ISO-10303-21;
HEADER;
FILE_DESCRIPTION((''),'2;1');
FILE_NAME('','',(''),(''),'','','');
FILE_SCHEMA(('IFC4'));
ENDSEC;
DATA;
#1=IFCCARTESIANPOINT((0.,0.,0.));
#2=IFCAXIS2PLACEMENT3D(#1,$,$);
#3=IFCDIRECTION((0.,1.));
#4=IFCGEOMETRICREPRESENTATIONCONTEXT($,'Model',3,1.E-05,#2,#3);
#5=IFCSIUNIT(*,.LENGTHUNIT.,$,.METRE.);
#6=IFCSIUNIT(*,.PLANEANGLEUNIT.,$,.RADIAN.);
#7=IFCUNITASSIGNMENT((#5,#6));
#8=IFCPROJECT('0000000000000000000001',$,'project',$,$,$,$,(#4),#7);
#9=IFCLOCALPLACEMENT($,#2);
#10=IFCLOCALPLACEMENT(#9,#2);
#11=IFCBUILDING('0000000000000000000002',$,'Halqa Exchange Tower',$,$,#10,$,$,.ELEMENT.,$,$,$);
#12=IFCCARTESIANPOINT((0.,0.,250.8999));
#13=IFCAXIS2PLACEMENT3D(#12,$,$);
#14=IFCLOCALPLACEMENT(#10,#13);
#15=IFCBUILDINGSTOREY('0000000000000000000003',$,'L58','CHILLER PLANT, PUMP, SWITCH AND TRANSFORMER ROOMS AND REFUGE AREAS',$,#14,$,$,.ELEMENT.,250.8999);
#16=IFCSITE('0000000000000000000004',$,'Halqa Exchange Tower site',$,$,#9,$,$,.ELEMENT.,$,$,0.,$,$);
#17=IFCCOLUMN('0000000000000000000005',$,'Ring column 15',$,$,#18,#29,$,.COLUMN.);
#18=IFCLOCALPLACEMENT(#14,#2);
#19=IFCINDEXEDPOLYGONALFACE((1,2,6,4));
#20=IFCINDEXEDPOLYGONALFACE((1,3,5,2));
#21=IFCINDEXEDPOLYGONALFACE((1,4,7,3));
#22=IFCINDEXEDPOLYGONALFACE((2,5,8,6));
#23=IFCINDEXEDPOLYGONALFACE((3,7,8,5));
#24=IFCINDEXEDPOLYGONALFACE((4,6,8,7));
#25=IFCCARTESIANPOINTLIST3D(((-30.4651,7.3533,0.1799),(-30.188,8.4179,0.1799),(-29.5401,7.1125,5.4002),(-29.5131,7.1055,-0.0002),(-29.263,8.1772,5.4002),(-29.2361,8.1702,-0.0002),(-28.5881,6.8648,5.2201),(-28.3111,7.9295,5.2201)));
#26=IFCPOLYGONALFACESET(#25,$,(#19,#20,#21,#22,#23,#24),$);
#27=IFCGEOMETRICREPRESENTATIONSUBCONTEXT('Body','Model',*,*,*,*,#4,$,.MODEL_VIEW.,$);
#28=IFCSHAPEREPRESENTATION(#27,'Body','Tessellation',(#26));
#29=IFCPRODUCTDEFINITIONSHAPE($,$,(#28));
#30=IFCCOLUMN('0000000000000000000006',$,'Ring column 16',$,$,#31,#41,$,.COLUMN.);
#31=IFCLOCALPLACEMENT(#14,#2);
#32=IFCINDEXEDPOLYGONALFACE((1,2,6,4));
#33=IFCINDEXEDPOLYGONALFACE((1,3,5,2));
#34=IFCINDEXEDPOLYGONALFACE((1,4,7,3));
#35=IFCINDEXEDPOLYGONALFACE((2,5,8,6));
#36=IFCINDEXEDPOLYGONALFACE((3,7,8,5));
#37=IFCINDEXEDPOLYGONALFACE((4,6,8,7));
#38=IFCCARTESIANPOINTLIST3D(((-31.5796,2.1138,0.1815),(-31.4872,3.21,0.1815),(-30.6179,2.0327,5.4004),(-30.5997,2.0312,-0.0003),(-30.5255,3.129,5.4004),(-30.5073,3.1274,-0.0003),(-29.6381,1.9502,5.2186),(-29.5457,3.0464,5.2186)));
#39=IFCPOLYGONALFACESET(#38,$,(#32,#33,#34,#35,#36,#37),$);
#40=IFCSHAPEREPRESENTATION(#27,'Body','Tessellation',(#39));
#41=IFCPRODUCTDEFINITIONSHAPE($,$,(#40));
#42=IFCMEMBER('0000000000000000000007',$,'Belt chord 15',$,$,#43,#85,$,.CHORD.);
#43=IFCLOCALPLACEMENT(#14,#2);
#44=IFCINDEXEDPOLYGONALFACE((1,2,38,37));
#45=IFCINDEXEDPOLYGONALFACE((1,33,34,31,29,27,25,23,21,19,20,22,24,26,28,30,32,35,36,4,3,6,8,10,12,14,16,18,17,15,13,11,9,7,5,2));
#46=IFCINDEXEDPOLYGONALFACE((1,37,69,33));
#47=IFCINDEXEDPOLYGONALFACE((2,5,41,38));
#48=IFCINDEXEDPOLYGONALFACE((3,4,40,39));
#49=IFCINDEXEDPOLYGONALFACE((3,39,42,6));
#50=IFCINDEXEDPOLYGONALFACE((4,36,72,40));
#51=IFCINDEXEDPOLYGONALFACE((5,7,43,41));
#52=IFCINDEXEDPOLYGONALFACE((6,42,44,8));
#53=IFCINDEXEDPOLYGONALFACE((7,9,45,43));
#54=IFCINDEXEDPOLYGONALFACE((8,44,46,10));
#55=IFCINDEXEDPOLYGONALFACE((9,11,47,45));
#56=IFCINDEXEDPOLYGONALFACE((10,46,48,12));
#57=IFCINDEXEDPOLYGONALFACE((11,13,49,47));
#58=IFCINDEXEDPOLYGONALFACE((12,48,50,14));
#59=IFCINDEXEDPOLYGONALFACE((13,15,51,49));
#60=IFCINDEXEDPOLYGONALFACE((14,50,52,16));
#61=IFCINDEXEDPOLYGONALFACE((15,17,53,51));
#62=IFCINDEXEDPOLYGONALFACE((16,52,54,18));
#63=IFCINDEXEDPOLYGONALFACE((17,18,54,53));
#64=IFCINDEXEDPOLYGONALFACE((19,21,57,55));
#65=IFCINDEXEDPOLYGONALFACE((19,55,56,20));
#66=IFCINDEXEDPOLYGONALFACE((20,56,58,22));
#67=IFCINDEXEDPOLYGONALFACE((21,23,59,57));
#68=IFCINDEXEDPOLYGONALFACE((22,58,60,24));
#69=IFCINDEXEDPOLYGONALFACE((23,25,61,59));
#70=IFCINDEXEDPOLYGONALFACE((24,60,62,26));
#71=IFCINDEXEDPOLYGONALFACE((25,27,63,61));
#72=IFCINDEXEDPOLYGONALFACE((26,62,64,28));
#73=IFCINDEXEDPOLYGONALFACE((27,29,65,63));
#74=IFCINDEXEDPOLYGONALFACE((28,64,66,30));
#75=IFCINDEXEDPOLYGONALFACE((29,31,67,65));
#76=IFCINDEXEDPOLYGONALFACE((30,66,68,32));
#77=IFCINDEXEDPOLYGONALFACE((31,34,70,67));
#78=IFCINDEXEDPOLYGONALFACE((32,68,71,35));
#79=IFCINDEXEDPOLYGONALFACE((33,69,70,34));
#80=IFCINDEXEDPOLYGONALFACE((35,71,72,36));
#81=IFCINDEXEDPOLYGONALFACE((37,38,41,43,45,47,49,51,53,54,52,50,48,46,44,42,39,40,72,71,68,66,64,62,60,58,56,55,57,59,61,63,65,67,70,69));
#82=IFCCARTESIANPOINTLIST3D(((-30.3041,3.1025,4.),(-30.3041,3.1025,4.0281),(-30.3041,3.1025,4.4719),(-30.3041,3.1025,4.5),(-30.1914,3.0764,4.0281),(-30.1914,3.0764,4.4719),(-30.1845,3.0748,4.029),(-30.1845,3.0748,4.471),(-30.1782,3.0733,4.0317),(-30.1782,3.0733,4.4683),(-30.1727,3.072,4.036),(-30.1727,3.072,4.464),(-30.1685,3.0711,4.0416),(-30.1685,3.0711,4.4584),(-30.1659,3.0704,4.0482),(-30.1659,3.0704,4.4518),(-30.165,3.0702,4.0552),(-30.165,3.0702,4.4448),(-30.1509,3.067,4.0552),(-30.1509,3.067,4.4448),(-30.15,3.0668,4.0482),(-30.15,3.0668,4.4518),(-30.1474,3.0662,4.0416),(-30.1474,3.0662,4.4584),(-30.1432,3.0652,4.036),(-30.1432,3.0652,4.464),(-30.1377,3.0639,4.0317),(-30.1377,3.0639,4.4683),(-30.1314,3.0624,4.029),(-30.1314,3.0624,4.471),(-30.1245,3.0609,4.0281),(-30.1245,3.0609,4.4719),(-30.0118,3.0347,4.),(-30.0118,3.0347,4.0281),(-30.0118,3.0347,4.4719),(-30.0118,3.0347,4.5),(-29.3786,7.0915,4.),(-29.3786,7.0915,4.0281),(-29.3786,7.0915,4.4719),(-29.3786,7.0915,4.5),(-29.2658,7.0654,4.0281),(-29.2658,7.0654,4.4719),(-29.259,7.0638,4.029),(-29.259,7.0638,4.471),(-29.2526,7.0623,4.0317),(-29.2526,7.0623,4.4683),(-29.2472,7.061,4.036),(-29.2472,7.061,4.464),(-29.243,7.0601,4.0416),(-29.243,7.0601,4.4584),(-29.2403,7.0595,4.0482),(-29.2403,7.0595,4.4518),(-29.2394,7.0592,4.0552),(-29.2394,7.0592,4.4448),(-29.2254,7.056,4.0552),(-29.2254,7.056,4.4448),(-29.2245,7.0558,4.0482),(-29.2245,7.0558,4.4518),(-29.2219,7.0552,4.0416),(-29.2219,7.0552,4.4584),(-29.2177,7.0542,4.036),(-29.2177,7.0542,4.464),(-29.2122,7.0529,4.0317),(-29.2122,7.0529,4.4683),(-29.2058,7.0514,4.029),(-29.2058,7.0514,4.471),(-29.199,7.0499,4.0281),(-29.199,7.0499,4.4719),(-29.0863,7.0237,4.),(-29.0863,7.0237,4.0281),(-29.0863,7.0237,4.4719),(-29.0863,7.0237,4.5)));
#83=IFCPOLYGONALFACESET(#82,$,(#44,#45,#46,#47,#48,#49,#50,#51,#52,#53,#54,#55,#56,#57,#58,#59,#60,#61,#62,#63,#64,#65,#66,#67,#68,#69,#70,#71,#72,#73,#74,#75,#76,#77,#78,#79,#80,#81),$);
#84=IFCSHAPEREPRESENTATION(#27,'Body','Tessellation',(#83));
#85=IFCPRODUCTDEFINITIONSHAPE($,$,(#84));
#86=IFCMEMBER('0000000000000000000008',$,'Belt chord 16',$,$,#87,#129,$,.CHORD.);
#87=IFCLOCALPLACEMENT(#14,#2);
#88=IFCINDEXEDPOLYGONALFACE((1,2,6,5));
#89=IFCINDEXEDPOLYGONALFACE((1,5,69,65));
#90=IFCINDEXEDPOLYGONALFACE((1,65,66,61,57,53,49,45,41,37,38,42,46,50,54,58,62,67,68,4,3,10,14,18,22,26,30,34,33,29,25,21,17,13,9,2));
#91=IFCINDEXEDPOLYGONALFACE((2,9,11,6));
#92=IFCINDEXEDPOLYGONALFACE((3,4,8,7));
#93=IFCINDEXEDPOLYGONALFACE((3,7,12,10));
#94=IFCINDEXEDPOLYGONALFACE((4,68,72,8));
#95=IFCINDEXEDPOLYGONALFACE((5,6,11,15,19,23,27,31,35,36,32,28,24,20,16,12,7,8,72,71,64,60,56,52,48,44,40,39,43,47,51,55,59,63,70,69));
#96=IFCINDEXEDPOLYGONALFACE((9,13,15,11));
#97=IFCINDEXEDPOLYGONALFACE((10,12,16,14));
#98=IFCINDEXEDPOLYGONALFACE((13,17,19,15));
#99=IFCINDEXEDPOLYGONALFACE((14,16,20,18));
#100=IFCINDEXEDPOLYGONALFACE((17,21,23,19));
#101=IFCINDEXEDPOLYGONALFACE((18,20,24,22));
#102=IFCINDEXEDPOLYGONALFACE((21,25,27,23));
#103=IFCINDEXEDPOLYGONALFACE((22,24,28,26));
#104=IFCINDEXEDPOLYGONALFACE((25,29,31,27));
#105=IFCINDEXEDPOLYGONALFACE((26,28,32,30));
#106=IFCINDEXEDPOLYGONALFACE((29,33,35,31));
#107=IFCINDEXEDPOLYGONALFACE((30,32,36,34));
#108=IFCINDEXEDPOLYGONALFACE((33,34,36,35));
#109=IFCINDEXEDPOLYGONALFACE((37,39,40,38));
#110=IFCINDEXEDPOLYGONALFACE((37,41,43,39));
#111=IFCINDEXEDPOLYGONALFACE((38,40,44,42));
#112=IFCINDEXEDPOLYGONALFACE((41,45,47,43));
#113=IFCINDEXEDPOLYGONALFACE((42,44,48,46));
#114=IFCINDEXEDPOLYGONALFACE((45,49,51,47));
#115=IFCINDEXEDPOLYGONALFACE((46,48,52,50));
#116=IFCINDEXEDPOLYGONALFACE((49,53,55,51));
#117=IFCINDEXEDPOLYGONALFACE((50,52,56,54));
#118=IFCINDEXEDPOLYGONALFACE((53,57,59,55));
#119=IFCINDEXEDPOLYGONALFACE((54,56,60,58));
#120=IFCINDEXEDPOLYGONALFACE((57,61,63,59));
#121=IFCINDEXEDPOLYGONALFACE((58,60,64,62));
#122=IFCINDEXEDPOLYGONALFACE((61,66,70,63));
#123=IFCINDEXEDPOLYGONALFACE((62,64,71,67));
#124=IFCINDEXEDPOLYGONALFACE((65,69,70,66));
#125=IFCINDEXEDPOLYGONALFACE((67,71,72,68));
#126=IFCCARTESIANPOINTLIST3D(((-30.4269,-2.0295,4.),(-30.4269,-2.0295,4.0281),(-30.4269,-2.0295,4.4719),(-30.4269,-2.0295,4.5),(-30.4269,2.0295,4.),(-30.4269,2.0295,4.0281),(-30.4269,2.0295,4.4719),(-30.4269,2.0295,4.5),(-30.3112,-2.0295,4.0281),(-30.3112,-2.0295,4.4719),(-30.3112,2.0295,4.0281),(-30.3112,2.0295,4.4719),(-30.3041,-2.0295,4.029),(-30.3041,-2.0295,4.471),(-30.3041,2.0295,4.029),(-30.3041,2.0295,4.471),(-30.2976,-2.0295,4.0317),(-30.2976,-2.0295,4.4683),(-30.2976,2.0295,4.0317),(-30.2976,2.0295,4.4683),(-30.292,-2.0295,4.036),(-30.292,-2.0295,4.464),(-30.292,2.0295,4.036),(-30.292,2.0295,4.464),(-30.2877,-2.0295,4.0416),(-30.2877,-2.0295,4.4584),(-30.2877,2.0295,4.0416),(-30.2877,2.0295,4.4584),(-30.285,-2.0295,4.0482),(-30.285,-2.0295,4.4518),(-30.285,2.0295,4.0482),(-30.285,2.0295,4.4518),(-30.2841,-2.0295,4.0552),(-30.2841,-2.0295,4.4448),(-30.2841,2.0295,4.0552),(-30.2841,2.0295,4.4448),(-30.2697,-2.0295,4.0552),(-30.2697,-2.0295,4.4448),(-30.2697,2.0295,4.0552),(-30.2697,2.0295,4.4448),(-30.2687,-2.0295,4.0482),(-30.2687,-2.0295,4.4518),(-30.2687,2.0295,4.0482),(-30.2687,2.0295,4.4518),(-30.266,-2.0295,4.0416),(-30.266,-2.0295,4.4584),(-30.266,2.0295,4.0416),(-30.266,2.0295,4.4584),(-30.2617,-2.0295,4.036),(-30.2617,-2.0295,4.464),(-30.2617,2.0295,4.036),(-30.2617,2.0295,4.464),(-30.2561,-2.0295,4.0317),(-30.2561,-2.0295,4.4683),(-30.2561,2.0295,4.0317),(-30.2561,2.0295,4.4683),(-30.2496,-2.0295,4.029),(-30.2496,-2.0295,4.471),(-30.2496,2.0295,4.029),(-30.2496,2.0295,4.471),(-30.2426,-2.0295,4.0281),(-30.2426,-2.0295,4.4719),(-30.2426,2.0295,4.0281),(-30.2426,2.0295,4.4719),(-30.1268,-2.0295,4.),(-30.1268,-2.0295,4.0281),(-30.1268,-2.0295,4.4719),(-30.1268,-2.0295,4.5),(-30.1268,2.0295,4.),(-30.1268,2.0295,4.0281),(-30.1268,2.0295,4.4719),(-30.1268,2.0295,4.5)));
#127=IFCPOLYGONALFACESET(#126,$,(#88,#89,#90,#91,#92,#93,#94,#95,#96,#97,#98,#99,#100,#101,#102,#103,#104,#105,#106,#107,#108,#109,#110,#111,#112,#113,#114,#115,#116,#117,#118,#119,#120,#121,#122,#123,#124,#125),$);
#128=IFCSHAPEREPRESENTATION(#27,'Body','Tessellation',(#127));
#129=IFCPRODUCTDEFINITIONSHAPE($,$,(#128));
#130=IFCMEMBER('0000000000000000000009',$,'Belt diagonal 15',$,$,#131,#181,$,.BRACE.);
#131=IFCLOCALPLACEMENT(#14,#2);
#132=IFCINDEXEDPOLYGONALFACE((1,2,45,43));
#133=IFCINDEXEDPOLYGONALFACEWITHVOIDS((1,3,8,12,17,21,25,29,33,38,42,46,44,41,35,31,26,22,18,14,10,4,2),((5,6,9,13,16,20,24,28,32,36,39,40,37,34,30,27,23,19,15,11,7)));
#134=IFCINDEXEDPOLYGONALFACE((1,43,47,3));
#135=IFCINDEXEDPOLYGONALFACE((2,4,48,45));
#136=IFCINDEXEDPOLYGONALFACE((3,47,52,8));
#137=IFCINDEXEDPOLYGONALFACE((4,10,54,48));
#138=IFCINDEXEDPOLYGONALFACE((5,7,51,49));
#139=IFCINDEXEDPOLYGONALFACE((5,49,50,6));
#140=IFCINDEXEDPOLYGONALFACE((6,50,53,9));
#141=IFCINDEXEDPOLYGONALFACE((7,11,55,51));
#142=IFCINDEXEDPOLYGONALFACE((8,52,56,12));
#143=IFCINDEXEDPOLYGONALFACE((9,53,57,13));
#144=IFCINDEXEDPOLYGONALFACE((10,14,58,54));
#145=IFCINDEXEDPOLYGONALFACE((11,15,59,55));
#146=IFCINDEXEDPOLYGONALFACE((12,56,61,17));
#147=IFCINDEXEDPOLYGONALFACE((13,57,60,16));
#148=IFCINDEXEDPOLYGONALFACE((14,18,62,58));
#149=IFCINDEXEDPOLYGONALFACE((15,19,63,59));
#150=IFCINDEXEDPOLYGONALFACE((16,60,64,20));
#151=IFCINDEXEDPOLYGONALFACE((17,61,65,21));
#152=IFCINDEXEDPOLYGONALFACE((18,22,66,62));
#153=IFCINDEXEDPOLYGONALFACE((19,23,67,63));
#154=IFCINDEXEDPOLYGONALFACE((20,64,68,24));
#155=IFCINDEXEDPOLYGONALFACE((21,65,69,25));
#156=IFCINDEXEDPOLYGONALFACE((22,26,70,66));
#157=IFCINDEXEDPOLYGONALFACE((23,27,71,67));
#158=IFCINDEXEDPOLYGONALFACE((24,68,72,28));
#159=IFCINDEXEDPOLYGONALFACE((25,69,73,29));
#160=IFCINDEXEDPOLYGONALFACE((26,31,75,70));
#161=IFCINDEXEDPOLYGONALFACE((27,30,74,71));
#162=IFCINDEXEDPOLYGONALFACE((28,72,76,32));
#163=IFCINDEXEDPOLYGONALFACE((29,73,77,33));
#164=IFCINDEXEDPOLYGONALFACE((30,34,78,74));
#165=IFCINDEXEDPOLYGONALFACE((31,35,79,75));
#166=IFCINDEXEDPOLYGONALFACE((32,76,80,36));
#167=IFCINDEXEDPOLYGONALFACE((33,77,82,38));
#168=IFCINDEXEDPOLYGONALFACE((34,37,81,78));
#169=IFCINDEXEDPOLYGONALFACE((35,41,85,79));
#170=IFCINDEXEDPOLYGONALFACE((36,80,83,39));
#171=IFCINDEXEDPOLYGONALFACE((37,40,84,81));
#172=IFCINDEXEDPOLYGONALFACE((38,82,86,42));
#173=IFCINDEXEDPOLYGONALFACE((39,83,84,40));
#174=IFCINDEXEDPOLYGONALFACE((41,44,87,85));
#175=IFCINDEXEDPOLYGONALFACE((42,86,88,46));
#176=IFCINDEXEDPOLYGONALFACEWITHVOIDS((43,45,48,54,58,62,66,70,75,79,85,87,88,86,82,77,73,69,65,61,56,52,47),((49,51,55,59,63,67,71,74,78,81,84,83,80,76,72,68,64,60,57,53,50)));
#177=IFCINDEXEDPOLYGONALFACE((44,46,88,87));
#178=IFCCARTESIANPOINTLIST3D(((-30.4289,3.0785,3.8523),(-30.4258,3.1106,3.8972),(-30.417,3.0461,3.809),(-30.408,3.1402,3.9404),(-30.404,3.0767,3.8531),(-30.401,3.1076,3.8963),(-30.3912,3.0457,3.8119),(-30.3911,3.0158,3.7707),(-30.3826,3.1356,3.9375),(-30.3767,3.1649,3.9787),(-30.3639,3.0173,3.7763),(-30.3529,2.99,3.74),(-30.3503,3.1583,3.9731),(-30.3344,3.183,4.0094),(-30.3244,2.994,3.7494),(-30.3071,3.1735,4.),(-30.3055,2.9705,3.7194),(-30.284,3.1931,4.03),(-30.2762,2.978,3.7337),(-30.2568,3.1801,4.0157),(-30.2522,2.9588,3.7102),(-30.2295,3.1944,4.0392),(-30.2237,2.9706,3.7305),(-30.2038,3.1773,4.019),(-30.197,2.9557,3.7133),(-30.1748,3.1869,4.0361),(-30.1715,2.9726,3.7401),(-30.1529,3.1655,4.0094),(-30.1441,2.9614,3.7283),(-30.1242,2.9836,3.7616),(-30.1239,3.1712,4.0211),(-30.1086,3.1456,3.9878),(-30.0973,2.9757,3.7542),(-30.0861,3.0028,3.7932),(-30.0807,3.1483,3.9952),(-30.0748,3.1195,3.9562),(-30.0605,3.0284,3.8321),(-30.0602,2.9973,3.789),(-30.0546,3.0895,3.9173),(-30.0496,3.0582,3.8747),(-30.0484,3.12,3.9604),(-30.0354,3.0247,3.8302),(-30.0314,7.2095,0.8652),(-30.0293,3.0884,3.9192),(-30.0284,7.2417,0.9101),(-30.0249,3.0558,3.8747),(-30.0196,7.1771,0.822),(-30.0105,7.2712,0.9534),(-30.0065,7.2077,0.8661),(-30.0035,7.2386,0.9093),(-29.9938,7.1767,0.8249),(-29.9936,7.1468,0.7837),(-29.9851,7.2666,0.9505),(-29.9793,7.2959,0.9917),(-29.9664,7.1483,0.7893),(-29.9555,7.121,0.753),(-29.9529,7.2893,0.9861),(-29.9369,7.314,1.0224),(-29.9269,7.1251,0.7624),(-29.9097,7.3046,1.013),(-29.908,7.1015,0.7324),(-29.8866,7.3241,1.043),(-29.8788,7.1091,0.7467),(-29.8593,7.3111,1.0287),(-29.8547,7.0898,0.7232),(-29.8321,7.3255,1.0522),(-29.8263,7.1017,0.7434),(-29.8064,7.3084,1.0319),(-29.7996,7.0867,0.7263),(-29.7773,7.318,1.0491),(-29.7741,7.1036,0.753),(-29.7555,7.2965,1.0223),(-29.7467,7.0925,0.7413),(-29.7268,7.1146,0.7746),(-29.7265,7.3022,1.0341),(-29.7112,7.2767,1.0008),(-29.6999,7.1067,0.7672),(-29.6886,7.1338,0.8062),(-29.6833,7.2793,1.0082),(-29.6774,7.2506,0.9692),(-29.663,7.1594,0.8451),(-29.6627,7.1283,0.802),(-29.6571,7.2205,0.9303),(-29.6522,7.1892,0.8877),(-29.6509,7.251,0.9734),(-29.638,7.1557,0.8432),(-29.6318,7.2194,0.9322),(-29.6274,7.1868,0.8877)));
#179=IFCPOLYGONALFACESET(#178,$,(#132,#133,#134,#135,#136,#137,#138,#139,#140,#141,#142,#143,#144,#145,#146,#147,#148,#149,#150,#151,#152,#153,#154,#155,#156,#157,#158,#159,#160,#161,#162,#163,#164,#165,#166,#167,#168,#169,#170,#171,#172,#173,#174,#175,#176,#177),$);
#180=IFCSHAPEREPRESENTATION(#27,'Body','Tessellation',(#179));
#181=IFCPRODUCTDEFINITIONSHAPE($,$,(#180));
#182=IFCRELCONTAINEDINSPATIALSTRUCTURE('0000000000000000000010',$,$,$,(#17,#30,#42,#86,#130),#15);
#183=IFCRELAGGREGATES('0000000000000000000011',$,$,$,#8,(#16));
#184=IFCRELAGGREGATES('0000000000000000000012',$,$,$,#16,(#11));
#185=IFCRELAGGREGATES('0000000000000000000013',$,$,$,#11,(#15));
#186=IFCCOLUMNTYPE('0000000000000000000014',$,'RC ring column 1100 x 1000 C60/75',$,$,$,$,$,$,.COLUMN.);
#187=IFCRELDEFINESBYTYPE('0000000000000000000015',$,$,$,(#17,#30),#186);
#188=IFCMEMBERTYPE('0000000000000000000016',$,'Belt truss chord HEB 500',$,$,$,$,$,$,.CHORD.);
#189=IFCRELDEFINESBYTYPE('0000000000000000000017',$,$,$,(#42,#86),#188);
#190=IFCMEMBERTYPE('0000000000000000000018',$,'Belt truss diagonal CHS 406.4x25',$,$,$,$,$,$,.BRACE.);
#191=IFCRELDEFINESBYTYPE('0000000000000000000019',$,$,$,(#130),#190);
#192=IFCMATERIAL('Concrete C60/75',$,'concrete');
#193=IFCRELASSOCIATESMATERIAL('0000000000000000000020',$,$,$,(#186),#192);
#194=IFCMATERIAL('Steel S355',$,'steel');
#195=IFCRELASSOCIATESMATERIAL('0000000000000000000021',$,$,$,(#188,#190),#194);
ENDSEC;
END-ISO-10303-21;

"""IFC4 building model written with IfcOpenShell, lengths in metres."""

from ifc_helpers import new_model, si_unit, direction, frame, origin, origin_2d, place, context, subcontext, project, spatial, rectangle, hollow_circle, i_section, extrude, material, material_profile, profile_set, type_object, element, save


model = new_model("IFC4")

# Units and contexts
model_context = context("Model", 3, precision=1e-05, world=origin(), true_north=direction((0.0, 1.0)))
body_context = subcontext(model_context, "Body", "Model", "MODEL_VIEW")
ifc_project = project(units=[si_unit("LENGTHUNIT", "METRE"), si_unit("PLANEANGLEUNIT", "RADIAN")], contexts=[model_context])

# Site, building, storey
site_placement = place(None, origin())
site = spatial("IfcSite", under=ifc_project, at=site_placement, Name="Halqa Exchange Tower site", CompositionType="ELEMENT", RefElevation=0.0)
building_placement = place(site_placement, origin())
building = spatial("IfcBuilding", under=site, at=building_placement, Name="Halqa Exchange Tower", CompositionType="ELEMENT")
storey_placement = place(building_placement, frame((0.0, 0.0, 250.8999)))
storey = spatial("IfcBuildingStorey", under=building, at=storey_placement, Name="L58", Description="CHILLER PLANT, PUMP, SWITCH AND TRANSFORMER ROOMS AND REFUGE AREAS", CompositionType="ELEMENT", Elevation=250.8999)

# Columns
ifc_material_1 = material(Name="Concrete C60/75", Category="concrete")
ifc_material_profile_1 = material_profile(ifc_material_1, rectangle(XDim=1.1001, YDim=1.0, at=origin_2d()), Name="1100 x 1000")
ifc_profile_set_1 = profile_set([ifc_material_profile_1], Name="Concrete C60/75")
column_type = type_object("IfcColumnType", Name="RC ring column 1100 x 1000 C60/75", PredefinedType="COLUMN", material=ifc_profile_set_1)
column_1_placement = place(storey_placement, frame((-29.8506, 7.7617, 0.0898), z_axis=(0.174299, -0.045357, 0.983648), x_axis=(0.25184, 0.967769, 0.0)))
element("IfcColumn", 1, at=column_1_placement, inside=storey, type_object=column_type, Name="Ring column 15", PredefinedType="COLUMN", context=body_context, shape_type="SweptSolid", body=[
    extrude(rectangle(XDim=1.1001, YDim=1.0, at=origin_2d()), origin(), (0.0, 0.0, 1.0), 5.3071),
])
column_2_placement = place(storey_placement, frame((-31.0435, 2.6206, 0.0906), z_axis=(0.181192, -0.015272, 0.983329), x_axis=(0.083988, 0.996467, 0.0)))
element("IfcColumn", 2, at=column_2_placement, inside=storey, type_object=column_type, Name="Ring column 16", PredefinedType="COLUMN", context=body_context, shape_type="SweptSolid", body=[
    extrude(rectangle(XDim=1.1001, YDim=1.0, at=origin_2d()), origin(), (0.0, 0.0, 1.0), 5.3074),
])

# Members
ifc_material_2 = material(Name="Steel S355", Category="steel")
ifc_material_profile_2 = material_profile(ifc_material_2, i_section(OverallWidth=0.3, OverallDepth=0.5, WebThickness=0.0144, FlangeThickness=0.0281, FilletRadius=0.0271, at=origin_2d()), Name="HEB 500")
ifc_profile_set_2 = profile_set([ifc_material_profile_2], Name="Steel S355")
member_type_1 = type_object("IfcMemberType", Name="Belt truss chord HEB 500", PredefinedType="CHORD", material=ifc_profile_set_2)
member_1_placement = place(storey_placement, frame((-29.2324, 7.0576, 4.25), z_axis=(-0.226018, -0.974123, 0.0), x_axis=(0.974123, -0.226018, 0.0)))
element("IfcMember", 3, at=member_1_placement, inside=storey, type_object=member_type_1, Name="Belt chord 15", PredefinedType="CHORD", context=body_context, shape_type="SweptSolid", body=[
    extrude(i_section(OverallWidth=0.3, OverallDepth=0.5, WebThickness=0.0144, FlangeThickness=0.0281, FilletRadius=0.0271, at=origin_2d()), origin(), (0.0, 0.0, 1.0), 4.095),
])
member_2_placement = place(storey_placement, frame((-30.2769, 2.0295, 4.25), z_axis=(0.0, -1.0, 0.0), x_axis=(1.0, 0.0, 0.0)))
element("IfcMember", 4, at=member_2_placement, inside=storey, type_object=member_type_1, Name="Belt chord 16", PredefinedType="CHORD", context=body_context, shape_type="SweptSolid", body=[
    extrude(i_section(OverallWidth=0.3, OverallDepth=0.5, WebThickness=0.0144, FlangeThickness=0.0281, FilletRadius=0.0271, at=origin_2d()), origin(), (0.0, 0.0, 1.0), 4.0591),
])
ifc_material_profile_3 = material_profile(ifc_material_2, hollow_circle(Radius=0.2031, WallThickness=0.0249, at=origin_2d()), Name="CHS 406.4x25")
ifc_profile_set_3 = profile_set([ifc_material_profile_3], Name="Steel S355")
member_type_2 = type_object("IfcMemberType", Name="Belt truss diagonal CHS 406.4x25", PredefinedType="BRACE", material=ifc_profile_set_3)
member_3_placement = place(storey_placement, frame((-29.8296, 7.2063, 0.8877), z_axis=(-0.07773, -0.807903, 0.584167), x_axis=(0.995404, -0.09577, 0.0)))
element("IfcMember", 5, at=member_3_placement, inside=storey, type_object=member_type_2, Name="Belt diagonal 15", PredefinedType="BRACE", context=body_context, shape_type="SweptSolid", body=[
    extrude(hollow_circle(Radius=0.2031, WallThickness=0.0249, at=origin_2d()), origin(), (0.0, 0.0, 1.0), 5.1133),
])

save(model, "model.ifc")
